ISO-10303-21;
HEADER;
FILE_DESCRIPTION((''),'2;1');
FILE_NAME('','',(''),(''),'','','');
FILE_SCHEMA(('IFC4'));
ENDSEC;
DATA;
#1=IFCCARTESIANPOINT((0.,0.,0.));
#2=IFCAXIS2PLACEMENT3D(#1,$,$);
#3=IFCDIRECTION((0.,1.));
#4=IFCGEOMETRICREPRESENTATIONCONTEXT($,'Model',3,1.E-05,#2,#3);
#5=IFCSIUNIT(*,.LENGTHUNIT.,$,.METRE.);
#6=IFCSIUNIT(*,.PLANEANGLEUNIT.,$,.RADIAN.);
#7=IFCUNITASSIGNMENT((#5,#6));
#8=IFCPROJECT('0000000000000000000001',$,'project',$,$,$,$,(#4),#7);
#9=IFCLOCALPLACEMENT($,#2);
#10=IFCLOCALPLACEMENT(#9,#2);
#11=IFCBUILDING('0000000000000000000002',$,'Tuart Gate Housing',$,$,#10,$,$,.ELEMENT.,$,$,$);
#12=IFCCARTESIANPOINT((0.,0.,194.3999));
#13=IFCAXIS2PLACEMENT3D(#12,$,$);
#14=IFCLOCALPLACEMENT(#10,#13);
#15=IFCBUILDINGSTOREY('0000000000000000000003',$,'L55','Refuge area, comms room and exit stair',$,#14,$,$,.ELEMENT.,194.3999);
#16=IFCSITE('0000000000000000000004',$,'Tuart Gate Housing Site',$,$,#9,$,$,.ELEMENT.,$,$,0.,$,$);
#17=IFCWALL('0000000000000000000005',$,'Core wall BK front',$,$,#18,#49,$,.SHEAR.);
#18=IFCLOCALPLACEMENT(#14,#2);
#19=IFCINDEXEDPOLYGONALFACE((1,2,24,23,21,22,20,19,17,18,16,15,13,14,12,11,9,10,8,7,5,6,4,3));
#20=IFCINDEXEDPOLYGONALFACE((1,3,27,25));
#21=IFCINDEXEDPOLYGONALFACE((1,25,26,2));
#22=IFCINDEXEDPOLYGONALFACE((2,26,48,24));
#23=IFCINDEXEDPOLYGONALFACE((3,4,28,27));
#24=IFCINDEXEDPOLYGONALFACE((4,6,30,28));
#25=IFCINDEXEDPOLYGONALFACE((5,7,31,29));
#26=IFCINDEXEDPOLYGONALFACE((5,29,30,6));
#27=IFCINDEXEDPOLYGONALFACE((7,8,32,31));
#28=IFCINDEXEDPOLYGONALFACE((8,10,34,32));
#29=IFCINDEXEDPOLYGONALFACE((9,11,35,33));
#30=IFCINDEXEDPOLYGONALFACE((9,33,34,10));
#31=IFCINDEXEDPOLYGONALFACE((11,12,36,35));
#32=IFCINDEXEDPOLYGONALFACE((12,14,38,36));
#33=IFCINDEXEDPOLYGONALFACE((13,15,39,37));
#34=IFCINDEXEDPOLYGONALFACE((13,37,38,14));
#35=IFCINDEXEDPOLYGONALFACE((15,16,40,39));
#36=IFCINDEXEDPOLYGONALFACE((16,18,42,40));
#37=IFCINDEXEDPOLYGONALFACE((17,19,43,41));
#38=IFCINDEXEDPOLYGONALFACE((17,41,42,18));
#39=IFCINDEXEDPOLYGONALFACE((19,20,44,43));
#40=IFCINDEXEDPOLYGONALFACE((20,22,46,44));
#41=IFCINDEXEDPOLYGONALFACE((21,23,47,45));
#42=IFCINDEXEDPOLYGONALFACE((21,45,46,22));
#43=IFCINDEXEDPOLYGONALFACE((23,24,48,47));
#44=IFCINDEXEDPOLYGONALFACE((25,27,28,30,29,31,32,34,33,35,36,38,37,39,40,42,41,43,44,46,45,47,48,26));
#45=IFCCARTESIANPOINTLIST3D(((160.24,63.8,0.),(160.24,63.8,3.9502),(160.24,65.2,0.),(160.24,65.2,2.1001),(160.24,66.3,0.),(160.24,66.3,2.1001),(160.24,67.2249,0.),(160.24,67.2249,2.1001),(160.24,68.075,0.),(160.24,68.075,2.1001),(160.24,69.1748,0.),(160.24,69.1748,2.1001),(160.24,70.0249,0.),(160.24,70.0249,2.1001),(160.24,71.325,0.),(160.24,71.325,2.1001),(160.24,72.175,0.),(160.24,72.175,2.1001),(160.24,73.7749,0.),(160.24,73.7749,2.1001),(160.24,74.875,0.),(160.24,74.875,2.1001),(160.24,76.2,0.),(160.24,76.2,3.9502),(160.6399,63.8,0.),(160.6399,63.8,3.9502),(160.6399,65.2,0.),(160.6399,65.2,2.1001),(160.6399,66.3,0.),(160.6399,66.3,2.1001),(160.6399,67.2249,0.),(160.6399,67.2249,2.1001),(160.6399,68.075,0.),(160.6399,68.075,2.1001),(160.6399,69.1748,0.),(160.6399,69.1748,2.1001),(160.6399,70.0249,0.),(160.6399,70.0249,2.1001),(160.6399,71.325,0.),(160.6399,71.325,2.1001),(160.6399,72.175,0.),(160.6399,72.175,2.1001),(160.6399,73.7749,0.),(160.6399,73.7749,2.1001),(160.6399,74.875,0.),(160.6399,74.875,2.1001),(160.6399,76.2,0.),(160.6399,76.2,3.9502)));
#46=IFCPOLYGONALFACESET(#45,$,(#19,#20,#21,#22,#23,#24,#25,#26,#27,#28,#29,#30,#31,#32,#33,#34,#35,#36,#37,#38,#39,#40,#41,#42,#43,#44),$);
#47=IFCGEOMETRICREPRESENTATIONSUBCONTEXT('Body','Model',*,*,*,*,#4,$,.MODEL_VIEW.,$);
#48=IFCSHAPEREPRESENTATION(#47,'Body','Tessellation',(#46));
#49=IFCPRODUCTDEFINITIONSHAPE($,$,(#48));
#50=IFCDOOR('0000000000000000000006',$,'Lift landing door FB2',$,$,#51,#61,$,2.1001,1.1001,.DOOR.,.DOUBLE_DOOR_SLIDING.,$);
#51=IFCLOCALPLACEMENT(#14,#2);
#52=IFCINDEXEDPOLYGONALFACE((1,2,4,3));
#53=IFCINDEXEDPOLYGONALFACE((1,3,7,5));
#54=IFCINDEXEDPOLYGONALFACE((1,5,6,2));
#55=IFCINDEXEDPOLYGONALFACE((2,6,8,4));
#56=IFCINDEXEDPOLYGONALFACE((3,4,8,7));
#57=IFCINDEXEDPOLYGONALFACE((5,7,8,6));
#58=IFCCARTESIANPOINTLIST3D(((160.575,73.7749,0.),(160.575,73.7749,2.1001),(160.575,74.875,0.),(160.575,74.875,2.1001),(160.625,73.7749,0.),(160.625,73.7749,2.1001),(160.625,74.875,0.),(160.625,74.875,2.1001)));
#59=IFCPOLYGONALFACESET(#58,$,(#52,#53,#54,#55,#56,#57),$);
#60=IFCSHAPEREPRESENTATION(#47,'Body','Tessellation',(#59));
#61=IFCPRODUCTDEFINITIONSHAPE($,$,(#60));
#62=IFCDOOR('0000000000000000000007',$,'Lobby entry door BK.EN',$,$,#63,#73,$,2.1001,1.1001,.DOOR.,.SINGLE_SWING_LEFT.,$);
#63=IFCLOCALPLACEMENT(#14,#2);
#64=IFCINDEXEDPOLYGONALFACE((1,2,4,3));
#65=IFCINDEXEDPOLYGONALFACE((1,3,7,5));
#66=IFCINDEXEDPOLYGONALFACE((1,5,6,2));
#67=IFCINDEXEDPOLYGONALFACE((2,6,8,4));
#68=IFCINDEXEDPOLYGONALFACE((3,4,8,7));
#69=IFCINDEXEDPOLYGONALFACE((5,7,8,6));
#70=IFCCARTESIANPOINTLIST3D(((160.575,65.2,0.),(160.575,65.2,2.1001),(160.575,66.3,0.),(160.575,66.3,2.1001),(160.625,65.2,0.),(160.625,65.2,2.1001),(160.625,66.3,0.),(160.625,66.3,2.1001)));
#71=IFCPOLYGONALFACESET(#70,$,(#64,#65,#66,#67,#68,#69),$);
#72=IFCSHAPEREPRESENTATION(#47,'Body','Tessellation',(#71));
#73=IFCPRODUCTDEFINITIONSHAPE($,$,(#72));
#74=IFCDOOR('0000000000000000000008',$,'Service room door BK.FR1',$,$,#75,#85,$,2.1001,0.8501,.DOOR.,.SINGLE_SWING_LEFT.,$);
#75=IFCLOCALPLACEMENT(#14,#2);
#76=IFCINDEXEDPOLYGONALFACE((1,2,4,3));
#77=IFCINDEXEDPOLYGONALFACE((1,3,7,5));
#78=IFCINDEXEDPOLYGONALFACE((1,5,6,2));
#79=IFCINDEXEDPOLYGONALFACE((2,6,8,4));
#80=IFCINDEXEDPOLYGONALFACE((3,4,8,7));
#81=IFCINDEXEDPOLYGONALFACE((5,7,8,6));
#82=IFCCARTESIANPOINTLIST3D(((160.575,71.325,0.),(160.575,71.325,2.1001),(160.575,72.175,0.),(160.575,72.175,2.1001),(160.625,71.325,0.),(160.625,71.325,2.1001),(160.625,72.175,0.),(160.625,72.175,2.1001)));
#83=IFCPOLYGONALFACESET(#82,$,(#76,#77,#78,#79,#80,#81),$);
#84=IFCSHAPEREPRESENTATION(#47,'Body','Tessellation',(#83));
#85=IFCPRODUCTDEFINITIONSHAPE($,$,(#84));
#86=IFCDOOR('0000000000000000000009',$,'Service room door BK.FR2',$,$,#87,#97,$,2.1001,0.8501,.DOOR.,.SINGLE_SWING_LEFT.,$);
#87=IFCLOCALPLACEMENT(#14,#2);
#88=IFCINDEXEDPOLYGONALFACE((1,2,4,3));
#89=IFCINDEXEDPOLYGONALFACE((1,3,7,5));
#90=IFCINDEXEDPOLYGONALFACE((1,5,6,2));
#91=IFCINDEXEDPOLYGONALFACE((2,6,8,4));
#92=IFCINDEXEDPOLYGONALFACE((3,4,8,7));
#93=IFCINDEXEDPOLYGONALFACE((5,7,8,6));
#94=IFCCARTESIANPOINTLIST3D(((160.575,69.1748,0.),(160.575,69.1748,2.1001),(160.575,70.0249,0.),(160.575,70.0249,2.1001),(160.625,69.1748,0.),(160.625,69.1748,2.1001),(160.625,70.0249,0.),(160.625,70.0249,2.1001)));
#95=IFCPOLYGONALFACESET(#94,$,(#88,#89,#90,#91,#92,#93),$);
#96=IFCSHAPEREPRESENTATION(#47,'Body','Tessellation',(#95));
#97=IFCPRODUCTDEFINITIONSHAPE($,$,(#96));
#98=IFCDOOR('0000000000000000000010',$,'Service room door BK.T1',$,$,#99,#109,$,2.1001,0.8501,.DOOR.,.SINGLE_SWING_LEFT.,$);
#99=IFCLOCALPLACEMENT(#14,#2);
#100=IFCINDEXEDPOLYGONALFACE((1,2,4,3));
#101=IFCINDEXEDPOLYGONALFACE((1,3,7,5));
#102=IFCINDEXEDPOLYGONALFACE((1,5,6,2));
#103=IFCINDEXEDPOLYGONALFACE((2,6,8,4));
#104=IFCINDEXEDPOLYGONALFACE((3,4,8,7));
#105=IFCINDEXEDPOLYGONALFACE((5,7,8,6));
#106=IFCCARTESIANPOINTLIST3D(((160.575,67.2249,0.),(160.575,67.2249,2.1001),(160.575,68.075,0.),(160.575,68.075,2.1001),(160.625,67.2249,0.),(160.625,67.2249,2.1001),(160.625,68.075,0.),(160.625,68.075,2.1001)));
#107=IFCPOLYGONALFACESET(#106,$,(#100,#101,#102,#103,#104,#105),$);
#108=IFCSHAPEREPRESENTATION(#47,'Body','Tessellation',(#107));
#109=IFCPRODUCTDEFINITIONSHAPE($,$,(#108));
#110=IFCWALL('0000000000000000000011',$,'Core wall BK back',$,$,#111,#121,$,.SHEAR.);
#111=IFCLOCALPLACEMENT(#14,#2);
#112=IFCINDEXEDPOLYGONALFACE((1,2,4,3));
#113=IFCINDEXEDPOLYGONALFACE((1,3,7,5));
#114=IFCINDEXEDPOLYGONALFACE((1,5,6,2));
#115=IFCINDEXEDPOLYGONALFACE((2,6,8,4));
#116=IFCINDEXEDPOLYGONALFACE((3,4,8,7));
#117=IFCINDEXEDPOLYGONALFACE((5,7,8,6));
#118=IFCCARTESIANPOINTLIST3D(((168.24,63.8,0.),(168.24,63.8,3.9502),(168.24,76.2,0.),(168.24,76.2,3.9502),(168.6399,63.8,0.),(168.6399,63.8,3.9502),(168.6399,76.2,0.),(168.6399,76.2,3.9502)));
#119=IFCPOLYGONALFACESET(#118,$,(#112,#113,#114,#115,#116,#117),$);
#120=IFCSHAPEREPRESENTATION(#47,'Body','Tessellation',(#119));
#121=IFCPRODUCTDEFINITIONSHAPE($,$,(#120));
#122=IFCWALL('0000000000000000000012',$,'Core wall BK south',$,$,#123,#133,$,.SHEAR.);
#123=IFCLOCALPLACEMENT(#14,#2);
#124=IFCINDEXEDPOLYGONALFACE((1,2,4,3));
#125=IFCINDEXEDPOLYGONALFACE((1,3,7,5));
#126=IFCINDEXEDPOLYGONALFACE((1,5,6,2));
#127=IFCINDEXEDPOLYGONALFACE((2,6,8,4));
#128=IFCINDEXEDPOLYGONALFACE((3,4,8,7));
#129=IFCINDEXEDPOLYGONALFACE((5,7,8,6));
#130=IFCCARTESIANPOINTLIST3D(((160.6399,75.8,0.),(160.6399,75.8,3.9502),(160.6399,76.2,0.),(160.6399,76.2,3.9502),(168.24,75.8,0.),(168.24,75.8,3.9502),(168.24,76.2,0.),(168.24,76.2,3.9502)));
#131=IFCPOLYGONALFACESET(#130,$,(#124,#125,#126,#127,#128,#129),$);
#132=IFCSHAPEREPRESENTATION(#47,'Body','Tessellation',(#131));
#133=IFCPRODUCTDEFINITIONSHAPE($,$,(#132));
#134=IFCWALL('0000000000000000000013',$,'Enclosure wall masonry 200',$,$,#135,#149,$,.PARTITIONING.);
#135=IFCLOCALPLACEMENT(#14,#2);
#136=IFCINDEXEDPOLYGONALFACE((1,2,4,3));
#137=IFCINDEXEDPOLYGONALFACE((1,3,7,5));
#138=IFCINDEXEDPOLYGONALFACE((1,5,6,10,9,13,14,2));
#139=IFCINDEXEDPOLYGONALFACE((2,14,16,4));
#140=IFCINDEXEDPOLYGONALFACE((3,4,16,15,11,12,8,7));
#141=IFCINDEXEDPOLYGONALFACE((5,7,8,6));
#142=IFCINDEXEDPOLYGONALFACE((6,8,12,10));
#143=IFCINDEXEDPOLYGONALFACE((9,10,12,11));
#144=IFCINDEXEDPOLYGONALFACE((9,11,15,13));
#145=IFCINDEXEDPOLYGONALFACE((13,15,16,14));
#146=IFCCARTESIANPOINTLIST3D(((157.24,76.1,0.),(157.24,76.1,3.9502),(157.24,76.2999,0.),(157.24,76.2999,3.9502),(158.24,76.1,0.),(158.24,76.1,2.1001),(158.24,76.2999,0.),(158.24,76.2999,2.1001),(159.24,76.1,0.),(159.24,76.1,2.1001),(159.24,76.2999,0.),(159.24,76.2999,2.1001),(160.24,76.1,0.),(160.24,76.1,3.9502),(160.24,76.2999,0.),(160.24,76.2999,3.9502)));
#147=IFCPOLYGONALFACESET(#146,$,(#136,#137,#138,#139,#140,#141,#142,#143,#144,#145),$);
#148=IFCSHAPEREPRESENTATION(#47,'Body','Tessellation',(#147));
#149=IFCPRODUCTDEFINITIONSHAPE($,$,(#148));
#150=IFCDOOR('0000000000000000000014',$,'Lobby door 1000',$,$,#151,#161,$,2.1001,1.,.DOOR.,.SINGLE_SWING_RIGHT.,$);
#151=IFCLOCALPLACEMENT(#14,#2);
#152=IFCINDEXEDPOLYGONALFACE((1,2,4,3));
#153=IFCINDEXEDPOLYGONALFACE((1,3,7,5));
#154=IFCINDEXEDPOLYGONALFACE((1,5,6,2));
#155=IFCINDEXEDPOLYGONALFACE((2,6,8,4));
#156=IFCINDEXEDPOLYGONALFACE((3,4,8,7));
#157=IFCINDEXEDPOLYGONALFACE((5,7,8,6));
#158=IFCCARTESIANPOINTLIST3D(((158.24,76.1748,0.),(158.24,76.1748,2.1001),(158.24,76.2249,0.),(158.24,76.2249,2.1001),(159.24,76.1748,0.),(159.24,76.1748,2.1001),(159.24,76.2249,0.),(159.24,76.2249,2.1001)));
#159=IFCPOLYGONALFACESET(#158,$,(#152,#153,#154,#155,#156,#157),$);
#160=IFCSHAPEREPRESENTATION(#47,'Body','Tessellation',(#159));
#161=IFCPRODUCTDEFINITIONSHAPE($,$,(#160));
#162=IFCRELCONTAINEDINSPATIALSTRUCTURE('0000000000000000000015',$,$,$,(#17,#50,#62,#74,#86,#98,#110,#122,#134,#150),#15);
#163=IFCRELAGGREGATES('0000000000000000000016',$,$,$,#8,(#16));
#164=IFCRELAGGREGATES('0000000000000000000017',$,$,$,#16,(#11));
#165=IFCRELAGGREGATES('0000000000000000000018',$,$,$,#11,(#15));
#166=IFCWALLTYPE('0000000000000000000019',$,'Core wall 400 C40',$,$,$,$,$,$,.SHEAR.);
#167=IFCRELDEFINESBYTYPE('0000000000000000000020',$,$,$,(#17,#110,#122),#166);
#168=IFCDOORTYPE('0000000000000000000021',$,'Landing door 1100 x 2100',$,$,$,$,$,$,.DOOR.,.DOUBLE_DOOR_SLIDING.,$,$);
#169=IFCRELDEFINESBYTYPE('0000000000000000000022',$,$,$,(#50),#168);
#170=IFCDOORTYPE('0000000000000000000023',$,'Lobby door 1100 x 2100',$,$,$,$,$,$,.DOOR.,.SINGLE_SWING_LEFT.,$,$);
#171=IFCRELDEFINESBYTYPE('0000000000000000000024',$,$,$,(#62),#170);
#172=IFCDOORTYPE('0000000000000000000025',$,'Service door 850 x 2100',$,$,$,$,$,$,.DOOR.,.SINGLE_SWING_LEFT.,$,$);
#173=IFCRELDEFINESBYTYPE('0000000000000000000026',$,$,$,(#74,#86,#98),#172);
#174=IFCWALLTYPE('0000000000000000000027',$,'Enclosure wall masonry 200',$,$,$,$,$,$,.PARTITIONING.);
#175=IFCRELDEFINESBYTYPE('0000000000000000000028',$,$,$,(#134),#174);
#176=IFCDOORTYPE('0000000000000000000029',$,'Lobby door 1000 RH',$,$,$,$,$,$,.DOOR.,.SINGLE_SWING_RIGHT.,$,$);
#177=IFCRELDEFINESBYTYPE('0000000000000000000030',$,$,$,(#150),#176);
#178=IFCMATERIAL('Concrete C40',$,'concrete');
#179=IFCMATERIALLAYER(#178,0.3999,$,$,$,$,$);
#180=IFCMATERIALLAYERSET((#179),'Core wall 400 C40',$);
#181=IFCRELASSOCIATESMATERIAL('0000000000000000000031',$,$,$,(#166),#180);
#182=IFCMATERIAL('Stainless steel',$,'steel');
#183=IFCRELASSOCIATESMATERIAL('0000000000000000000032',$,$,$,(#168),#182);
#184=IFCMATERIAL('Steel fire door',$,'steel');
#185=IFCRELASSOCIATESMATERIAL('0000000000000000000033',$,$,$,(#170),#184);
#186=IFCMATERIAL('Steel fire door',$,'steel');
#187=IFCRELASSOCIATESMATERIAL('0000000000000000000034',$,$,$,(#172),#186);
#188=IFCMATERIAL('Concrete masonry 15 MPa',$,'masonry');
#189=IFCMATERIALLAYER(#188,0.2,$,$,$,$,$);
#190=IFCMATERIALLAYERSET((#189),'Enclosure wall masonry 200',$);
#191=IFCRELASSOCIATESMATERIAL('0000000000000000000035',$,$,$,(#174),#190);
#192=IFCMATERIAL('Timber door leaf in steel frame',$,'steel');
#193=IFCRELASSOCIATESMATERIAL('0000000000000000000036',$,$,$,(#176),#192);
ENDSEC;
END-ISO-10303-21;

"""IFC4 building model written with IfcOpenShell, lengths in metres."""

from ifc_helpers import new_model, si_unit, direction, frame, frame_2d, origin, place, context, subcontext, project, spatial, rectangle, extrude, material, layer, layer_set, type_object, element, fill, save


model = new_model("IFC4")

# Units and contexts
model_context = context("Model", 3, precision=1e-05, world=origin(), true_north=direction((0.0, 1.0)))
body_context = subcontext(model_context, "Body", "Model", "MODEL_VIEW")
ifc_project = project(units=[si_unit("LENGTHUNIT", "METRE"), si_unit("PLANEANGLEUNIT", "RADIAN")], contexts=[model_context])

# Site, building, storey
site_placement = place(None, origin())
site = spatial("IfcSite", under=ifc_project, at=site_placement, Name="Tuart Gate Housing Site", CompositionType="ELEMENT", RefElevation=0.0)
building_placement = place(site_placement, origin())
building = spatial("IfcBuilding", under=site, at=building_placement, Name="Tuart Gate Housing", CompositionType="ELEMENT")
storey_placement = place(building_placement, frame((0.0, 0.0, 194.3999)))
storey = spatial("IfcBuildingStorey", under=building, at=storey_placement, Name="L55", Description="Refuge area, comms room and exit stair", CompositionType="ELEMENT", Elevation=194.3999)

# Wall, openings, doors
ifc_material_1 = material(Name="Concrete C40", Category="concrete")
ifc_layer_1 = layer(ifc_material_1, 0.3999)
ifc_layer_set_1 = layer_set([ifc_layer_1], Name="Core wall 400 C40")
wall_type_1 = type_object("IfcWallType", Name="Core wall 400 C40", PredefinedType="SHEAR", material=ifc_layer_set_1)
wall_1_placement = place(storey_placement, frame((160.4399, 76.2, 0.0), z_axis=(0.0, 0.0, 1.0), x_axis=(0.0, -1.0, 0.0)))
wall_1 = element("IfcWall", 1, at=wall_1_placement, inside=storey, type_object=wall_type_1, Name="Core wall BK front", PredefinedType="SHEAR", context=body_context, shape_type="SweptSolid", body=[
    extrude(rectangle(XDim=12.3999, YDim=0.3999, at=frame_2d((6.2, 0.0))), origin(), (0.0, 0.0, 1.0), 3.9502),
])
opening_1_placement = place(wall_1_placement, frame((1.325, 0.0, 0.0)))
opening_1 = element("IfcOpeningElement", 2, at=opening_1_placement, cuts=wall_1, PredefinedType="OPENING", context=body_context, shape_type="SweptSolid", body=[
    extrude(rectangle(XDim=1.1001, YDim=2.1001, at=frame_2d((0.55, 1.05))), frame((0.0, 0.21, 0.0), z_axis=(0.0, -1.0, 0.0), x_axis=(1.0, 0.0, 0.0)), (0.0, 0.0, 1.0), 0.4199),
])
opening_2_placement = place(wall_1_placement, frame((4.0249, 0.0, 0.0)))
opening_2 = element("IfcOpeningElement", 3, at=opening_2_placement, cuts=wall_1, PredefinedType="OPENING", context=body_context, shape_type="SweptSolid", body=[
    extrude(rectangle(XDim=0.8501, YDim=2.1001, at=frame_2d((0.425, 1.05))), frame((0.0, 0.21, 0.0), z_axis=(0.0, -1.0, 0.0), x_axis=(1.0, 0.0, 0.0)), (0.0, 0.0, 1.0), 0.4199),
])
opening_3_placement = place(wall_1_placement, frame((6.175, 0.0, 0.0)))
opening_3 = element("IfcOpeningElement", 4, at=opening_3_placement, cuts=wall_1, PredefinedType="OPENING", context=body_context, shape_type="SweptSolid", body=[
    extrude(rectangle(XDim=0.8501, YDim=2.1001, at=frame_2d((0.425, 1.05))), frame((0.0, 0.21, 0.0), z_axis=(0.0, -1.0, 0.0), x_axis=(1.0, 0.0, 0.0)), (0.0, 0.0, 1.0), 0.4199),
])
opening_4_placement = place(wall_1_placement, frame((9.8999, 0.0, 0.0)))
opening_4 = element("IfcOpeningElement", 5, at=opening_4_placement, cuts=wall_1, PredefinedType="OPENING", context=body_context, shape_type="SweptSolid", body=[
    extrude(rectangle(XDim=1.1001, YDim=2.1001, at=frame_2d((0.55, 1.05))), frame((0.0, 0.21, 0.0), z_axis=(0.0, -1.0, 0.0), x_axis=(1.0, 0.0, 0.0)), (0.0, 0.0, 1.0), 0.4199),
])
opening_5_placement = place(wall_1_placement, frame((8.125, 0.0, 0.0)))
opening_5 = element("IfcOpeningElement", 6, at=opening_5_placement, cuts=wall_1, PredefinedType="OPENING", context=body_context, shape_type="SweptSolid", body=[
    extrude(rectangle(XDim=0.8501, YDim=2.1001, at=frame_2d((0.425, 1.05))), frame((0.0, 0.21, 0.0), z_axis=(0.0, -1.0, 0.0), x_axis=(1.0, 0.0, 0.0)), (0.0, 0.0, 1.0), 0.4199),
])
ifc_material_2 = material(Name="Stainless steel", Category="steel")
door_type_1 = type_object("IfcDoorType", Name="Landing door 1100 x 2100", OperationType="DOUBLE_DOOR_SLIDING", PredefinedType="DOOR", material=ifc_material_2)
door_1_placement = place(opening_1_placement, origin())
door_1 = element("IfcDoor", 7, at=door_1_placement, inside=storey, type_object=door_type_1, Name="Lift landing door FB2", OperationType="DOUBLE_DOOR_SLIDING", OverallHeight=2.1001, OverallWidth=1.1001, PredefinedType="DOOR", context=body_context, shape_type="SweptSolid", body=[
    extrude(rectangle(XDim=1.1001, YDim=2.1001, at=frame_2d((0.55, 1.05))), frame((0.0, 0.1851, 0.0), z_axis=(0.0, -1.0, 0.0), x_axis=(1.0, 0.0, 0.0)), (0.0, 0.0, 1.0), 0.05),
])
fill(opening_1, door_1)
ifc_material_3 = material(Name="Steel fire door", Category="steel")
door_type_2 = type_object("IfcDoorType", Name="Lobby door 1100 x 2100", OperationType="SINGLE_SWING_LEFT", PredefinedType="DOOR", material=ifc_material_3)
door_2_placement = place(opening_4_placement, origin())
door_2 = element("IfcDoor", 8, at=door_2_placement, inside=storey, type_object=door_type_2, Name="Lobby entry door BK.EN", OperationType="SINGLE_SWING_LEFT", OverallHeight=2.1001, OverallWidth=1.1001, PredefinedType="DOOR", context=body_context, shape_type="SweptSolid", body=[
    extrude(rectangle(XDim=1.1001, YDim=2.1001, at=frame_2d((0.55, 1.05))), frame((0.0, 0.1851, 0.0), z_axis=(0.0, -1.0, 0.0), x_axis=(1.0, 0.0, 0.0)), (0.0, 0.0, 1.0), 0.05),
])
fill(opening_4, door_2)
ifc_material_4 = material(Name="Steel fire door", Category="steel")
door_type_3 = type_object("IfcDoorType", Name="Service door 850 x 2100", OperationType="SINGLE_SWING_LEFT", PredefinedType="DOOR", material=ifc_material_4)
door_3_placement = place(opening_2_placement, origin())
door_3 = element("IfcDoor", 9, at=door_3_placement, inside=storey, type_object=door_type_3, Name="Service room door BK.FR1", OperationType="SINGLE_SWING_LEFT", OverallHeight=2.1001, OverallWidth=0.8501, PredefinedType="DOOR", context=body_context, shape_type="SweptSolid", body=[
    extrude(rectangle(XDim=0.8501, YDim=2.1001, at=frame_2d((0.425, 1.05))), frame((0.0, 0.1851, 0.0), z_axis=(0.0, -1.0, 0.0), x_axis=(1.0, 0.0, 0.0)), (0.0, 0.0, 1.0), 0.05),
])
fill(opening_2, door_3)
door_4_placement = place(opening_3_placement, origin())
door_4 = element("IfcDoor", 10, at=door_4_placement, inside=storey, type_object=door_type_3, Name="Service room door BK.FR2", OperationType="SINGLE_SWING_LEFT", OverallHeight=2.1001, OverallWidth=0.8501, PredefinedType="DOOR", context=body_context, shape_type="SweptSolid", body=[
    extrude(rectangle(XDim=0.8501, YDim=2.1001, at=frame_2d((0.425, 1.05))), frame((0.0, 0.1851, 0.0), z_axis=(0.0, -1.0, 0.0), x_axis=(1.0, 0.0, 0.0)), (0.0, 0.0, 1.0), 0.05),
])
fill(opening_3, door_4)
door_5_placement = place(opening_5_placement, origin())
door_5 = element("IfcDoor", 11, at=door_5_placement, inside=storey, type_object=door_type_3, Name="Service room door BK.T1", OperationType="SINGLE_SWING_LEFT", OverallHeight=2.1001, OverallWidth=0.8501, PredefinedType="DOOR", context=body_context, shape_type="SweptSolid", body=[
    extrude(rectangle(XDim=0.8501, YDim=2.1001, at=frame_2d((0.425, 1.05))), frame((0.0, 0.1851, 0.0), z_axis=(0.0, -1.0, 0.0), x_axis=(1.0, 0.0, 0.0)), (0.0, 0.0, 1.0), 0.05),
])
fill(opening_5, door_5)

# Walls
wall_2_placement = place(storey_placement, frame((168.4399, 76.2, 0.0), z_axis=(0.0, 0.0, 1.0), x_axis=(0.0, -1.0, 0.0)))
element("IfcWall", 12, at=wall_2_placement, inside=storey, type_object=wall_type_1, Name="Core wall BK back", PredefinedType="SHEAR", context=body_context, shape_type="SweptSolid", body=[
    extrude(rectangle(XDim=12.3999, YDim=0.3999, at=frame_2d((6.2, 0.0))), origin(), (0.0, 0.0, 1.0), 3.9502),
])
wall_3_placement = place(storey_placement, frame((160.6399, 76.0, 0.0), z_axis=(0.0, 0.0, 1.0), x_axis=(1.0, 0.0, 0.0)))
element("IfcWall", 13, at=wall_3_placement, inside=storey, type_object=wall_type_1, Name="Core wall BK south", PredefinedType="SHEAR", context=body_context, shape_type="SweptSolid", body=[
    extrude(rectangle(XDim=7.6001, YDim=0.3999, at=frame_2d((3.8, 0.0))), origin(), (0.0, 0.0, 1.0), 3.9502),
])

# Wall, opening, door
ifc_material_5 = material(Name="Concrete masonry 15 MPa", Category="masonry")
ifc_layer_2 = layer(ifc_material_5, 0.2)
ifc_layer_set_2 = layer_set([ifc_layer_2], Name="Enclosure wall masonry 200")
wall_type_2 = type_object("IfcWallType", Name="Enclosure wall masonry 200", PredefinedType="PARTITIONING", material=ifc_layer_set_2)
wall_4_placement = place(storey_placement, frame((157.24, 76.2, 0.0), z_axis=(0.0, 0.0, 1.0), x_axis=(1.0, 0.0, 0.0)))
wall_4 = element("IfcWall", 14, at=wall_4_placement, inside=storey, type_object=wall_type_2, Name="Enclosure wall masonry 200", PredefinedType="PARTITIONING", context=body_context, shape_type="SweptSolid", body=[
    extrude(rectangle(XDim=3.0, YDim=0.2, at=frame_2d((1.5, 0.0))), origin(), (0.0, 0.0, 1.0), 3.9502),
])
opening_6_placement = place(wall_4_placement, frame((1.0, 0.0, 0.0)))
opening_6 = element("IfcOpeningElement", 15, at=opening_6_placement, cuts=wall_4, PredefinedType="OPENING", context=body_context, shape_type="SweptSolid", body=[
    extrude(rectangle(XDim=1.0, YDim=2.1001, at=frame_2d((0.5, 1.05))), frame((0.0, 0.1099, 0.0), z_axis=(0.0, -1.0, 0.0), x_axis=(1.0, 0.0, 0.0)), (0.0, 0.0, 1.0), 0.22),
])
ifc_material_6 = material(Name="Timber door leaf in steel frame", Category="steel")
door_type_4 = type_object("IfcDoorType", Name="Lobby door 1000 RH", OperationType="SINGLE_SWING_RIGHT", PredefinedType="DOOR", material=ifc_material_6)
door_6_placement = place(opening_6_placement, frame((1.0, 0.0, 0.0), z_axis=(0.0, 0.0, 1.0), x_axis=(-1.0, 0.0, 0.0)))
door_6 = element("IfcDoor", 16, at=door_6_placement, inside=storey, type_object=door_type_4, Name="Lobby door 1000", OperationType="SINGLE_SWING_RIGHT", OverallHeight=2.1001, OverallWidth=1.0, PredefinedType="DOOR", context=body_context, shape_type="SweptSolid", body=[
    extrude(rectangle(XDim=1.0, YDim=2.1001, at=frame_2d((0.5, 1.05))), frame((0.0, 0.0251, 0.0), z_axis=(0.0, -1.0, 0.0), x_axis=(1.0, 0.0, 0.0)), (0.0, 0.0, 1.0), 0.05),
])
fill(opening_6, door_6)

save(model, "model.ifc")
